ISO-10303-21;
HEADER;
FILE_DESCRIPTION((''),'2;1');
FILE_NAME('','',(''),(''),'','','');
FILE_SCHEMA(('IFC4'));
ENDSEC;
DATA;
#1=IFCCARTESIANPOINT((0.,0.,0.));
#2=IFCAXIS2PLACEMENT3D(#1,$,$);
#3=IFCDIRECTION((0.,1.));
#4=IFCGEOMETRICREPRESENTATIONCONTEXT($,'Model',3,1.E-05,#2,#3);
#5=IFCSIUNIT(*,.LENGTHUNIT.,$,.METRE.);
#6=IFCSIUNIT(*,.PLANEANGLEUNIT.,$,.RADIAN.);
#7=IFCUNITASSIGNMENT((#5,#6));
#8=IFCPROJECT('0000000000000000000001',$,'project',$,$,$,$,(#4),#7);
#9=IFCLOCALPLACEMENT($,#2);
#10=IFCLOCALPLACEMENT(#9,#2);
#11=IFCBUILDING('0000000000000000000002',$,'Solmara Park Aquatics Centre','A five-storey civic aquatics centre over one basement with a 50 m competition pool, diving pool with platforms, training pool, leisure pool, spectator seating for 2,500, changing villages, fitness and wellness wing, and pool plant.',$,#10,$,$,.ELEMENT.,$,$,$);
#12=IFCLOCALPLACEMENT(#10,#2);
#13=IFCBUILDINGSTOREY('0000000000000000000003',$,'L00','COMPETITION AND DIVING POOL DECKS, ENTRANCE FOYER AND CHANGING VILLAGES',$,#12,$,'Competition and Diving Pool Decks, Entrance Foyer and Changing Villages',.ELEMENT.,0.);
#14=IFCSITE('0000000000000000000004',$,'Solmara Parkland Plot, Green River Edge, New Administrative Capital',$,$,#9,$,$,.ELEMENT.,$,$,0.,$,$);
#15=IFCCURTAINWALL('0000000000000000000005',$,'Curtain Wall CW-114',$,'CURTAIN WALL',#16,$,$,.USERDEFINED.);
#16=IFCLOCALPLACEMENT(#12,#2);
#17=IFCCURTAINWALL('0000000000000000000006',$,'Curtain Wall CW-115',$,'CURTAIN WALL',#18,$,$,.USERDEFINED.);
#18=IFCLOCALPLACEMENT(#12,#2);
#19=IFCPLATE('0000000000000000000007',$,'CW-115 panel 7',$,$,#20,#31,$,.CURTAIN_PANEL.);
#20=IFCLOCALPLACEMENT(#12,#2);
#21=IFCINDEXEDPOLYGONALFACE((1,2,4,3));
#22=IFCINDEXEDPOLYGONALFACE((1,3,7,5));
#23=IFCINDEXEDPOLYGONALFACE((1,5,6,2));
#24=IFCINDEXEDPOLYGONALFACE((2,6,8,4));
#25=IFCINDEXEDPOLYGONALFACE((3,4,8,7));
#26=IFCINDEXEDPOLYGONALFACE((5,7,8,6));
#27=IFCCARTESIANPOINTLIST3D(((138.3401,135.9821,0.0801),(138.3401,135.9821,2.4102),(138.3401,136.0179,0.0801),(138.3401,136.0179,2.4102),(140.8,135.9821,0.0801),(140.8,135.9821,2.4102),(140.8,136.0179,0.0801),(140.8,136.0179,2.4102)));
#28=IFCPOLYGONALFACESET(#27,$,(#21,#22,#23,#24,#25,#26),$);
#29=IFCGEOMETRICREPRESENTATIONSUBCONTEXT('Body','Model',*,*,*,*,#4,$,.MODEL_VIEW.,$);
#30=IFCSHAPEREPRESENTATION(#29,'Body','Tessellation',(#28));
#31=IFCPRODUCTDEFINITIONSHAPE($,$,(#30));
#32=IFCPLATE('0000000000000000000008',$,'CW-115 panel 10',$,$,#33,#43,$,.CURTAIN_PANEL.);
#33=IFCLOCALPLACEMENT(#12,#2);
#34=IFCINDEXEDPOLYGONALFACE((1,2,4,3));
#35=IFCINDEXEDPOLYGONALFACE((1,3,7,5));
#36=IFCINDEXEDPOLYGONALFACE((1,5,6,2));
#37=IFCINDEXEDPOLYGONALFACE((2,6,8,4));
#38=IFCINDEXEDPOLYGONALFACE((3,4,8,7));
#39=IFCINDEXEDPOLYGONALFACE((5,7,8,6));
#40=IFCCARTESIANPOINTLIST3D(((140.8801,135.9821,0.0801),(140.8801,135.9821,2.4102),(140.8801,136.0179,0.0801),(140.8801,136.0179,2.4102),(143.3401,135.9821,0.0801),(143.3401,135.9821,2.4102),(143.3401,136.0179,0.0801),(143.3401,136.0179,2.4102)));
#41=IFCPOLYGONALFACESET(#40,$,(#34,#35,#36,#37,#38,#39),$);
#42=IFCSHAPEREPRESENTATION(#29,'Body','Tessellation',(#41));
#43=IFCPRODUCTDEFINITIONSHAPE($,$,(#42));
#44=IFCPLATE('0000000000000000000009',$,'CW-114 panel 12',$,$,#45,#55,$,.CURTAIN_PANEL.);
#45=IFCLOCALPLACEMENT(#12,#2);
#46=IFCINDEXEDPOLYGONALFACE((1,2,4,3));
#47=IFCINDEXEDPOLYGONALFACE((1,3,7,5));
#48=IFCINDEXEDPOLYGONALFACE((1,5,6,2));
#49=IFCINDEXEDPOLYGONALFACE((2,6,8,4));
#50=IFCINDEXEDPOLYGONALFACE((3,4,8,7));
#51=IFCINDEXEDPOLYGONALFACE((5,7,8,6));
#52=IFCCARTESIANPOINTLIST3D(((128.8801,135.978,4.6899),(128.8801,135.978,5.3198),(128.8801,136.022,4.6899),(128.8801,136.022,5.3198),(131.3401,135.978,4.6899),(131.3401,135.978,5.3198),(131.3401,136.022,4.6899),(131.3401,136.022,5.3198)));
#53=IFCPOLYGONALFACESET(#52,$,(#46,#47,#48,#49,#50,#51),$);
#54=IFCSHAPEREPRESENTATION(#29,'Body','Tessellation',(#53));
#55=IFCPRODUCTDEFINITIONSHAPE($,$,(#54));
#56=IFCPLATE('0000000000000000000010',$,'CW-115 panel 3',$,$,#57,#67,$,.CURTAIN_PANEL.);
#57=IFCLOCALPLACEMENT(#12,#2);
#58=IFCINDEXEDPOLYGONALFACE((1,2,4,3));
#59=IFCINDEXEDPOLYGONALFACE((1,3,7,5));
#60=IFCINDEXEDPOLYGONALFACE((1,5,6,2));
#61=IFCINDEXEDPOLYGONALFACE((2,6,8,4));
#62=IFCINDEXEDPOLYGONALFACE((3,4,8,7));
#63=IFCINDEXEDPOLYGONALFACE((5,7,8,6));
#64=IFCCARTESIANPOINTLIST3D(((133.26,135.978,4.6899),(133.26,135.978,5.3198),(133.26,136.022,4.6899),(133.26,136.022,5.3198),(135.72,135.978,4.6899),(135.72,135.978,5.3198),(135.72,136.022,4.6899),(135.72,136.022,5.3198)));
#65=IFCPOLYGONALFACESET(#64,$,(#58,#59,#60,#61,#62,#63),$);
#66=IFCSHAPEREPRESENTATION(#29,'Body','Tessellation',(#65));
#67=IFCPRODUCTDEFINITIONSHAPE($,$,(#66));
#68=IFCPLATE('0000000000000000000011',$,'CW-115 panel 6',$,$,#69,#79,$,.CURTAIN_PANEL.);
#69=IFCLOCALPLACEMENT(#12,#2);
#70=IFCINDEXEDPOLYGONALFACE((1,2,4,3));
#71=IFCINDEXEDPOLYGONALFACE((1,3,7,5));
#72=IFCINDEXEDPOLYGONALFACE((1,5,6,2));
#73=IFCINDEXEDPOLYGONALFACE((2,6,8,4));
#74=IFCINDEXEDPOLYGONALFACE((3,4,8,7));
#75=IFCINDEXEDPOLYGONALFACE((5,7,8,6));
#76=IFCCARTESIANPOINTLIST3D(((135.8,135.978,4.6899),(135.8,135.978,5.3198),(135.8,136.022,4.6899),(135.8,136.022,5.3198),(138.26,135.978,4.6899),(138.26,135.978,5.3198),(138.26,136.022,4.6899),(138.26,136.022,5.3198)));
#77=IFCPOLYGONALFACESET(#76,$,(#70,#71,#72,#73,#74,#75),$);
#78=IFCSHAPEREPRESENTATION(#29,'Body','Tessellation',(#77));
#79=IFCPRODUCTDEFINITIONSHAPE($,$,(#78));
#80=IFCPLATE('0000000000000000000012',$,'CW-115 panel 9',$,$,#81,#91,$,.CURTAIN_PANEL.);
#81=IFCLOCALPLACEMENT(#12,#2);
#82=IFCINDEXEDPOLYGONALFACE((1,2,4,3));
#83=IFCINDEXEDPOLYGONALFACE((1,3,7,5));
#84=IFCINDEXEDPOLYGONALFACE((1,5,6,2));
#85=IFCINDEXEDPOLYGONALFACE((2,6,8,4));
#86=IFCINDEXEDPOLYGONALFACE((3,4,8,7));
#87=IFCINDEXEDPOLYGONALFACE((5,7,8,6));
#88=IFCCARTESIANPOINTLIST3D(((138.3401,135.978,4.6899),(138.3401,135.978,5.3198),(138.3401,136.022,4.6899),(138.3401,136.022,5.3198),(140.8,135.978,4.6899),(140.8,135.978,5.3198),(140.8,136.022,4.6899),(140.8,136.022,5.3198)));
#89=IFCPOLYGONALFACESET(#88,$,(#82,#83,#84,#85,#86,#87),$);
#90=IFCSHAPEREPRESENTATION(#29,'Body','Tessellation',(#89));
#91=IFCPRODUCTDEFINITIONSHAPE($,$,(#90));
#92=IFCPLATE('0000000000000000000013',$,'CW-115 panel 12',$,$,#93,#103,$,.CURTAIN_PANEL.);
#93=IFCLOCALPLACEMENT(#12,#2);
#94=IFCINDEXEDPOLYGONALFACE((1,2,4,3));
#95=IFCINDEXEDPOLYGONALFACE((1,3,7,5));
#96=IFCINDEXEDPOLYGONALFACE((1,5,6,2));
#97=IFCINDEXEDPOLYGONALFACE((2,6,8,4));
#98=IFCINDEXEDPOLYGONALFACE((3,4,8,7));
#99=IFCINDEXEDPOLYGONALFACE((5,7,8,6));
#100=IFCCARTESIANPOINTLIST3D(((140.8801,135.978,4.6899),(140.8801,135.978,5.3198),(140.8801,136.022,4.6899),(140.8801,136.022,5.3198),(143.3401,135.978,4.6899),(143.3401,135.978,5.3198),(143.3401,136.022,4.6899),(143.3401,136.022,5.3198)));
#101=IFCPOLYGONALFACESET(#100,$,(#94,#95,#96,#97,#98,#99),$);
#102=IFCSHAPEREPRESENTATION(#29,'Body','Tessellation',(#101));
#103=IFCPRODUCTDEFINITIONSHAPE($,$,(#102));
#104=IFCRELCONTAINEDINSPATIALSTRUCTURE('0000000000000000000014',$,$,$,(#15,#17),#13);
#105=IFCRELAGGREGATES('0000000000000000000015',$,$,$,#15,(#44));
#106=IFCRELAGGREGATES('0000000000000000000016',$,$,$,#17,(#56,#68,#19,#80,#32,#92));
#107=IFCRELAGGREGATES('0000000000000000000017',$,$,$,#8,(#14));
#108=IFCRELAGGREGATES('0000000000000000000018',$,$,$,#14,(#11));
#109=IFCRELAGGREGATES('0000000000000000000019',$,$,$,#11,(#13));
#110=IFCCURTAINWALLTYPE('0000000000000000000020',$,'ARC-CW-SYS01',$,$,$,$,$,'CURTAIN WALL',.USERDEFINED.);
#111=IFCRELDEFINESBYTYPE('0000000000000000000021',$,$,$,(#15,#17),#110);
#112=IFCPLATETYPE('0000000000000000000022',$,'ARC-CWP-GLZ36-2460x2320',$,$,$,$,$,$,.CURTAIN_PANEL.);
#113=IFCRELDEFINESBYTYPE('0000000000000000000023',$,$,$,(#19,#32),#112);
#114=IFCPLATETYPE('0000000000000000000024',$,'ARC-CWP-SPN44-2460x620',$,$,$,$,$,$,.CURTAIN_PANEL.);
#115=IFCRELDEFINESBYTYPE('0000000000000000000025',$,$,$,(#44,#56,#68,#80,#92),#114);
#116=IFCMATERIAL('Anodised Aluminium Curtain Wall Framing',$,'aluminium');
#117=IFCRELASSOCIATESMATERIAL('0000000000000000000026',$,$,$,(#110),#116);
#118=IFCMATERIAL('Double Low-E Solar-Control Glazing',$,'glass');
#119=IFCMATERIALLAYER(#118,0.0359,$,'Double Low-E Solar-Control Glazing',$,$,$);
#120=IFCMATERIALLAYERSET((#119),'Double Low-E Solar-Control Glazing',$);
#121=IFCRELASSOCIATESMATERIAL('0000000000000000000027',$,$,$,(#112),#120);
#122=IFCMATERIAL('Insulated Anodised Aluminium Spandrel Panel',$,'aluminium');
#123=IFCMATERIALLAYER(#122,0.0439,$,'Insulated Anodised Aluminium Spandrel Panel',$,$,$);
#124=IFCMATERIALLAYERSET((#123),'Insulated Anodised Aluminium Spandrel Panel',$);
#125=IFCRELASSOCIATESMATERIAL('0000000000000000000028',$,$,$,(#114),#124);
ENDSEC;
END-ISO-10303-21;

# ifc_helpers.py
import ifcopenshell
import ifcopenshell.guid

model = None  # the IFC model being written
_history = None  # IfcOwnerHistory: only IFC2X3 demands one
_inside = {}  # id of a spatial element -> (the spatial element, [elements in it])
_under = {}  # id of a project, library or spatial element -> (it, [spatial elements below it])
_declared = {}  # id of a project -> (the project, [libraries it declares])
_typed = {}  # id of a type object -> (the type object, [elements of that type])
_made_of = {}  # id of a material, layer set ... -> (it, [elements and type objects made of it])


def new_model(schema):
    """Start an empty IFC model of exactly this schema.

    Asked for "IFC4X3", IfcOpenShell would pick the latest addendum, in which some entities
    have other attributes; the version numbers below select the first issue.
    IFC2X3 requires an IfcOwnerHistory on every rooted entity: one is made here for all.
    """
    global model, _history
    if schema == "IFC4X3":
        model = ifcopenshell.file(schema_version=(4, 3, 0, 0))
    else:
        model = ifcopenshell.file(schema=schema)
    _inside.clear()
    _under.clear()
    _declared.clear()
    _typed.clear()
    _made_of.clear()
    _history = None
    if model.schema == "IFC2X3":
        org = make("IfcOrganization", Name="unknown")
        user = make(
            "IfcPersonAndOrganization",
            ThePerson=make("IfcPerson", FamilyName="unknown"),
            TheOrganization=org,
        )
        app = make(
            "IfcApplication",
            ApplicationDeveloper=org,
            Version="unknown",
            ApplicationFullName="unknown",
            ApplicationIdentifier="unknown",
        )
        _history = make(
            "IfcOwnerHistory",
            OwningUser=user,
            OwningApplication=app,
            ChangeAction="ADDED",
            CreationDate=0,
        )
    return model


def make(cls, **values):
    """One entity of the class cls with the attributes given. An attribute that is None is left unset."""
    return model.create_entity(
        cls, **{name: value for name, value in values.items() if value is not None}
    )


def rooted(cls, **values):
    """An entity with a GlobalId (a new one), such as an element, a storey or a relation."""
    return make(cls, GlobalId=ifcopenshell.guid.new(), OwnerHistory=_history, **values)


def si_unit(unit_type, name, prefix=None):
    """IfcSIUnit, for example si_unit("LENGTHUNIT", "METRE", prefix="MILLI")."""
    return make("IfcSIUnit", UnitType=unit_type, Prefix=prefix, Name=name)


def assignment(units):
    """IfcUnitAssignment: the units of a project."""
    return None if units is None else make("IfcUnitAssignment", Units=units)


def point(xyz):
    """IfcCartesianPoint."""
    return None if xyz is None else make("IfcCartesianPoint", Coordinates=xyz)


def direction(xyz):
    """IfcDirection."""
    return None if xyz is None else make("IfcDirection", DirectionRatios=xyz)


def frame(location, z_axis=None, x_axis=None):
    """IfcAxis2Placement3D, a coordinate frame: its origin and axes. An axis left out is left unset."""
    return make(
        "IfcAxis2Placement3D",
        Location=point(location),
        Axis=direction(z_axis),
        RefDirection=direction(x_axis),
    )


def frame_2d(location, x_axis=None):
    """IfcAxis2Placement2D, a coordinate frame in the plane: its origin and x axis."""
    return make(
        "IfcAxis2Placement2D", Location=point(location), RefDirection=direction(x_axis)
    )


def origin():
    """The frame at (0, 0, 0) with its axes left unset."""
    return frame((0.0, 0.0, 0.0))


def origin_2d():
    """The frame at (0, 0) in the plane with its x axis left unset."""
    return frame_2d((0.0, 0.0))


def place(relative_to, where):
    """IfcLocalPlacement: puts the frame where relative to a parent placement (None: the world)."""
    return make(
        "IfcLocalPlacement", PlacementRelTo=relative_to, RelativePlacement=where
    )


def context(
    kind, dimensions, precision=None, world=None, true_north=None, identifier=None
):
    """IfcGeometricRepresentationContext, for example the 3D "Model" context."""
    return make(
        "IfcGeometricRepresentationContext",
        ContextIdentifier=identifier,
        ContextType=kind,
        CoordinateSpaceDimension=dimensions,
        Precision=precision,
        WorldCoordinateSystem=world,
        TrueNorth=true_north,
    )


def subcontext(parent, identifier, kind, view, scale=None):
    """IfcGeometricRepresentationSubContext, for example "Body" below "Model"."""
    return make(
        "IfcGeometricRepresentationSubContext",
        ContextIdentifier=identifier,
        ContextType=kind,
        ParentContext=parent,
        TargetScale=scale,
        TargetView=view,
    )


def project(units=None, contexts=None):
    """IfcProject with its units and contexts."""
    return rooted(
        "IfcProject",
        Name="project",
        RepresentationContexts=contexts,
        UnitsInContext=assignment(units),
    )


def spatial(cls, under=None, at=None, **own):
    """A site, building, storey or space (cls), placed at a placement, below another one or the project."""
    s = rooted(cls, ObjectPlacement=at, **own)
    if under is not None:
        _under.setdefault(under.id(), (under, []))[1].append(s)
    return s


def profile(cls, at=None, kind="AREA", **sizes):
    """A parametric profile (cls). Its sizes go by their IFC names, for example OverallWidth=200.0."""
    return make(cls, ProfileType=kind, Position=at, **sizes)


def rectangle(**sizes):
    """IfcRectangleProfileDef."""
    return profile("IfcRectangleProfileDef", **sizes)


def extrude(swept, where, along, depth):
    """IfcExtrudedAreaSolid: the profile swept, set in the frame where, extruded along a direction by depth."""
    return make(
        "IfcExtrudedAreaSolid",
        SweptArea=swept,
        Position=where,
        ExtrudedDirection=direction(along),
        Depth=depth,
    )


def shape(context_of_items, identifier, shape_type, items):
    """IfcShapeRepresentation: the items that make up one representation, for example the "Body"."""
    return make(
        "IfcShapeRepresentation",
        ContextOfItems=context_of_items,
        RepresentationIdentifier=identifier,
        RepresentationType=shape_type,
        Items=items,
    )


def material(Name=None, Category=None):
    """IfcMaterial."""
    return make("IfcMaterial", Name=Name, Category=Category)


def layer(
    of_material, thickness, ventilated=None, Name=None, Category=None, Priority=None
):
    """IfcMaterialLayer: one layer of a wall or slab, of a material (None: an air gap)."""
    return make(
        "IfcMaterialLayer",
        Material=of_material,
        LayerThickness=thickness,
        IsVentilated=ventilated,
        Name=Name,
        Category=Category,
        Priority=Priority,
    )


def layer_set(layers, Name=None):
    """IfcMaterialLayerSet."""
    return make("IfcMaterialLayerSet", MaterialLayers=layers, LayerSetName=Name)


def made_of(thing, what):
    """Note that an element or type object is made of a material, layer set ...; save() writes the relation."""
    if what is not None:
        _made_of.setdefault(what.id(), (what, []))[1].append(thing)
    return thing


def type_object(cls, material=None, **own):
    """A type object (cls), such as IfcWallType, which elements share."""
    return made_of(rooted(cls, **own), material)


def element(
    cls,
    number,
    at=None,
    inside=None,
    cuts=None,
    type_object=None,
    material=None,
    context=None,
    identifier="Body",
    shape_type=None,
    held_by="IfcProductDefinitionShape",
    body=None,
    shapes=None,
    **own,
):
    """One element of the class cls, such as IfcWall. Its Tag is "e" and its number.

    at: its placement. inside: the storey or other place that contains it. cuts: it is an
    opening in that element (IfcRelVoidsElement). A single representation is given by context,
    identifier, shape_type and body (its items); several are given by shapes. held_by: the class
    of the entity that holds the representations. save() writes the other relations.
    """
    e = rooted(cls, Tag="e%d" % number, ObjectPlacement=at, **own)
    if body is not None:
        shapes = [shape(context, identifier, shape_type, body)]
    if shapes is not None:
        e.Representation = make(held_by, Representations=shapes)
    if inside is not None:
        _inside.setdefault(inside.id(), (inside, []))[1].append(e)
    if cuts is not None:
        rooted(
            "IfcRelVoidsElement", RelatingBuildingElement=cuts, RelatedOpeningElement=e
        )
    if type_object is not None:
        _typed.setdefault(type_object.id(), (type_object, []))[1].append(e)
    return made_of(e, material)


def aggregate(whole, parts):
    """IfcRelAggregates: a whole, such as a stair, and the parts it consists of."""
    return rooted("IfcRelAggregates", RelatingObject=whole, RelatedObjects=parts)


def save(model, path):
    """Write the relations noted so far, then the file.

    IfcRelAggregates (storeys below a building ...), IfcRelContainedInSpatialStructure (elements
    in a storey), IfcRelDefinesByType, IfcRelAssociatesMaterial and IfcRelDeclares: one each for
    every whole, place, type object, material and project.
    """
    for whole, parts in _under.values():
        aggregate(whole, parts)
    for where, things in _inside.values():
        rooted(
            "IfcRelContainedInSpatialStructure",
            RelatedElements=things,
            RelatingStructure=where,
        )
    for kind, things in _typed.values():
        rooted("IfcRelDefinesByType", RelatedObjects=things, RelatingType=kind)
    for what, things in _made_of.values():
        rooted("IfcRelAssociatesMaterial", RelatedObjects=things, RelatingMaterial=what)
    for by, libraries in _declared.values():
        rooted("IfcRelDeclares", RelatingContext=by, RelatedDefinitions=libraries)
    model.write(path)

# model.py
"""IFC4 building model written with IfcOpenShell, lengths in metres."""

from ifc_helpers import new_model, si_unit, direction, frame, origin, origin_2d, place, context, subcontext, project, spatial, rectangle, extrude, material, layer, layer_set, type_object, element, aggregate, save


model = new_model("IFC4")

# Units and contexts
model_context = context("Model", 3, precision=1e-05, world=origin(), true_north=direction((0.0, 1.0)))
body_context = subcontext(model_context, "Body", "Model", "MODEL_VIEW")
ifc_project = project(units=[si_unit("LENGTHUNIT", "METRE"), si_unit("PLANEANGLEUNIT", "RADIAN")], contexts=[model_context])

# Site, building, storey
site_placement = place(None, origin())
site = spatial("IfcSite", under=ifc_project, at=site_placement, Name="Solmara Parkland Plot, Green River Edge, New Administrative Capital", CompositionType="ELEMENT", RefElevation=0.0)
building_placement = place(site_placement, origin())
building = spatial("IfcBuilding", under=site, at=building_placement, Name="Solmara Park Aquatics Centre", Description="A five-storey civic aquatics centre over one basement with a 50 m competition pool, diving pool with platforms, training pool, leisure pool, spectator seating for 2,500, changing villages, fitness and wellness wing, and pool plant.", CompositionType="ELEMENT")
storey_placement = place(building_placement, origin())
storey = spatial("IfcBuildingStorey", under=building, at=storey_placement, Name="L00", Description="COMPETITION AND DIVING POOL DECKS, ENTRANCE FOYER AND CHANGING VILLAGES", LongName="Competition and Diving Pool Decks, Entrance Foyer and Changing Villages", CompositionType="ELEMENT", Elevation=0.0)

# Curtain wall
ifc_material_1 = material(Name="Anodised Aluminium Curtain Wall Framing", Category="aluminium")
curtain_wall_type = type_object("IfcCurtainWallType", Name="ARC-CW-SYS01", ElementType="CURTAIN WALL", PredefinedType="USERDEFINED", material=ifc_material_1)
curtain_wall_1_placement = place(storey_placement, origin())
curtain_wall_1 = element("IfcCurtainWall", 1, at=curtain_wall_1_placement, inside=storey, type_object=curtain_wall_type, Name="Curtain Wall CW-114", ObjectType="CURTAIN WALL", PredefinedType="USERDEFINED")

# Curtain wall
curtain_wall_2_placement = place(storey_placement, origin())
curtain_wall_2 = element("IfcCurtainWall", 2, at=curtain_wall_2_placement, inside=storey, type_object=curtain_wall_type, Name="Curtain Wall CW-115", ObjectType="CURTAIN WALL", PredefinedType="USERDEFINED")

# Plates
ifc_material_2 = material(Name="Double Low-E Solar-Control Glazing", Category="glass")
ifc_layer_1 = layer(ifc_material_2, 0.0359, Name="Double Low-E Solar-Control Glazing")
ifc_layer_set_1 = layer_set([ifc_layer_1], Name="Double Low-E Solar-Control Glazing")
plate_type_1 = type_object("IfcPlateType", Name="ARC-CWP-GLZ36-2460x2320", PredefinedType="CURTAIN_PANEL", material=ifc_layer_set_1)
plate_1_placement = place(storey_placement, frame((139.5701, 136.0, 0.0801), z_axis=(0.0, 0.0, 1.0), x_axis=(1.0, 0.0, 0.0)))
plate_1 = element("IfcPlate", 3, at=plate_1_placement, type_object=plate_type_1, Name="CW-115 panel 7", PredefinedType="CURTAIN_PANEL", context=body_context, shape_type="SweptSolid", body=[
    extrude(rectangle(XDim=2.46, YDim=0.0359, at=origin_2d()), origin(), (0.0, 0.0, 1.0), 2.3301),
])
plate_2_placement = place(storey_placement, frame((142.1101, 136.0, 0.0801), z_axis=(0.0, 0.0, 1.0), x_axis=(1.0, 0.0, 0.0)))
plate_2 = element("IfcPlate", 4, at=plate_2_placement, type_object=plate_type_1, Name="CW-115 panel 10", PredefinedType="CURTAIN_PANEL", context=body_context, shape_type="SweptSolid", body=[
    extrude(rectangle(XDim=2.46, YDim=0.0359, at=origin_2d()), origin(), (0.0, 0.0, 1.0), 2.3301),
])
ifc_material_3 = material(Name="Insulated Anodised Aluminium Spandrel Panel", Category="aluminium")
ifc_layer_2 = layer(ifc_material_3, 0.0439, Name="Insulated Anodised Aluminium Spandrel Panel")
ifc_layer_set_2 = layer_set([ifc_layer_2], Name="Insulated Anodised Aluminium Spandrel Panel")
plate_type_2 = type_object("IfcPlateType", Name="ARC-CWP-SPN44-2460x620", PredefinedType="CURTAIN_PANEL", material=ifc_layer_set_2)
plate_3_placement = place(storey_placement, frame((130.1101, 136.0, 4.6899), z_axis=(0.0, 0.0, 1.0), x_axis=(1.0, 0.0, 0.0)))
plate_3 = element("IfcPlate", 5, at=plate_3_placement, type_object=plate_type_2, Name="CW-114 panel 12", PredefinedType="CURTAIN_PANEL", context=body_context, shape_type="SweptSolid", body=[
    extrude(rectangle(XDim=2.46, YDim=0.0439, at=origin_2d()), origin(), (0.0, 0.0, 1.0), 0.6299),
])
aggregate(curtain_wall_1, [plate_3])
plate_4_placement = place(storey_placement, frame((134.49, 136.0, 4.6899), z_axis=(0.0, 0.0, 1.0), x_axis=(1.0, 0.0, 0.0)))
plate_4 = element("IfcPlate", 6, at=plate_4_placement, type_object=plate_type_2, Name="CW-115 panel 3", PredefinedType="CURTAIN_PANEL", context=body_context, shape_type="SweptSolid", body=[
    extrude(rectangle(XDim=2.46, YDim=0.0439, at=origin_2d()), origin(), (0.0, 0.0, 1.0), 0.6299),
])
plate_5_placement = place(storey_placement, frame((137.03, 136.0, 4.6899), z_axis=(0.0, 0.0, 1.0), x_axis=(1.0, 0.0, 0.0)))
plate_5 = element("IfcPlate", 7, at=plate_5_placement, type_object=plate_type_2, Name="CW-115 panel 6", PredefinedType="CURTAIN_PANEL", context=body_context, shape_type="SweptSolid", body=[
    extrude(rectangle(XDim=2.46, YDim=0.0439, at=origin_2d()), origin(), (0.0, 0.0, 1.0), 0.6299),
])
plate_6_placement = place(storey_placement, frame((139.5701, 136.0, 4.6899), z_axis=(0.0, 0.0, 1.0), x_axis=(1.0, 0.0, 0.0)))
plate_6 = element("IfcPlate", 8, at=plate_6_placement, type_object=plate_type_2, Name="CW-115 panel 9", PredefinedType="CURTAIN_PANEL", context=body_context, shape_type="SweptSolid", body=[
    extrude(rectangle(XDim=2.46, YDim=0.0439, at=origin_2d()), origin(), (0.0, 0.0, 1.0), 0.6299),
])
plate_7_placement = place(storey_placement, frame((142.1101, 136.0, 4.6899), z_axis=(0.0, 0.0, 1.0), x_axis=(1.0, 0.0, 0.0)))
plate_7 = element("IfcPlate", 9, at=plate_7_placement, type_object=plate_type_2, Name="CW-115 panel 12", PredefinedType="CURTAIN_PANEL", context=body_context, shape_type="SweptSolid", body=[
    extrude(rectangle(XDim=2.46, YDim=0.0439, at=origin_2d()), origin(), (0.0, 0.0, 1.0), 0.6299),
])
aggregate(curtain_wall_2, [plate_4, plate_5, plate_1, plate_6, plate_2, plate_7])

save(model, "model.ifc")
